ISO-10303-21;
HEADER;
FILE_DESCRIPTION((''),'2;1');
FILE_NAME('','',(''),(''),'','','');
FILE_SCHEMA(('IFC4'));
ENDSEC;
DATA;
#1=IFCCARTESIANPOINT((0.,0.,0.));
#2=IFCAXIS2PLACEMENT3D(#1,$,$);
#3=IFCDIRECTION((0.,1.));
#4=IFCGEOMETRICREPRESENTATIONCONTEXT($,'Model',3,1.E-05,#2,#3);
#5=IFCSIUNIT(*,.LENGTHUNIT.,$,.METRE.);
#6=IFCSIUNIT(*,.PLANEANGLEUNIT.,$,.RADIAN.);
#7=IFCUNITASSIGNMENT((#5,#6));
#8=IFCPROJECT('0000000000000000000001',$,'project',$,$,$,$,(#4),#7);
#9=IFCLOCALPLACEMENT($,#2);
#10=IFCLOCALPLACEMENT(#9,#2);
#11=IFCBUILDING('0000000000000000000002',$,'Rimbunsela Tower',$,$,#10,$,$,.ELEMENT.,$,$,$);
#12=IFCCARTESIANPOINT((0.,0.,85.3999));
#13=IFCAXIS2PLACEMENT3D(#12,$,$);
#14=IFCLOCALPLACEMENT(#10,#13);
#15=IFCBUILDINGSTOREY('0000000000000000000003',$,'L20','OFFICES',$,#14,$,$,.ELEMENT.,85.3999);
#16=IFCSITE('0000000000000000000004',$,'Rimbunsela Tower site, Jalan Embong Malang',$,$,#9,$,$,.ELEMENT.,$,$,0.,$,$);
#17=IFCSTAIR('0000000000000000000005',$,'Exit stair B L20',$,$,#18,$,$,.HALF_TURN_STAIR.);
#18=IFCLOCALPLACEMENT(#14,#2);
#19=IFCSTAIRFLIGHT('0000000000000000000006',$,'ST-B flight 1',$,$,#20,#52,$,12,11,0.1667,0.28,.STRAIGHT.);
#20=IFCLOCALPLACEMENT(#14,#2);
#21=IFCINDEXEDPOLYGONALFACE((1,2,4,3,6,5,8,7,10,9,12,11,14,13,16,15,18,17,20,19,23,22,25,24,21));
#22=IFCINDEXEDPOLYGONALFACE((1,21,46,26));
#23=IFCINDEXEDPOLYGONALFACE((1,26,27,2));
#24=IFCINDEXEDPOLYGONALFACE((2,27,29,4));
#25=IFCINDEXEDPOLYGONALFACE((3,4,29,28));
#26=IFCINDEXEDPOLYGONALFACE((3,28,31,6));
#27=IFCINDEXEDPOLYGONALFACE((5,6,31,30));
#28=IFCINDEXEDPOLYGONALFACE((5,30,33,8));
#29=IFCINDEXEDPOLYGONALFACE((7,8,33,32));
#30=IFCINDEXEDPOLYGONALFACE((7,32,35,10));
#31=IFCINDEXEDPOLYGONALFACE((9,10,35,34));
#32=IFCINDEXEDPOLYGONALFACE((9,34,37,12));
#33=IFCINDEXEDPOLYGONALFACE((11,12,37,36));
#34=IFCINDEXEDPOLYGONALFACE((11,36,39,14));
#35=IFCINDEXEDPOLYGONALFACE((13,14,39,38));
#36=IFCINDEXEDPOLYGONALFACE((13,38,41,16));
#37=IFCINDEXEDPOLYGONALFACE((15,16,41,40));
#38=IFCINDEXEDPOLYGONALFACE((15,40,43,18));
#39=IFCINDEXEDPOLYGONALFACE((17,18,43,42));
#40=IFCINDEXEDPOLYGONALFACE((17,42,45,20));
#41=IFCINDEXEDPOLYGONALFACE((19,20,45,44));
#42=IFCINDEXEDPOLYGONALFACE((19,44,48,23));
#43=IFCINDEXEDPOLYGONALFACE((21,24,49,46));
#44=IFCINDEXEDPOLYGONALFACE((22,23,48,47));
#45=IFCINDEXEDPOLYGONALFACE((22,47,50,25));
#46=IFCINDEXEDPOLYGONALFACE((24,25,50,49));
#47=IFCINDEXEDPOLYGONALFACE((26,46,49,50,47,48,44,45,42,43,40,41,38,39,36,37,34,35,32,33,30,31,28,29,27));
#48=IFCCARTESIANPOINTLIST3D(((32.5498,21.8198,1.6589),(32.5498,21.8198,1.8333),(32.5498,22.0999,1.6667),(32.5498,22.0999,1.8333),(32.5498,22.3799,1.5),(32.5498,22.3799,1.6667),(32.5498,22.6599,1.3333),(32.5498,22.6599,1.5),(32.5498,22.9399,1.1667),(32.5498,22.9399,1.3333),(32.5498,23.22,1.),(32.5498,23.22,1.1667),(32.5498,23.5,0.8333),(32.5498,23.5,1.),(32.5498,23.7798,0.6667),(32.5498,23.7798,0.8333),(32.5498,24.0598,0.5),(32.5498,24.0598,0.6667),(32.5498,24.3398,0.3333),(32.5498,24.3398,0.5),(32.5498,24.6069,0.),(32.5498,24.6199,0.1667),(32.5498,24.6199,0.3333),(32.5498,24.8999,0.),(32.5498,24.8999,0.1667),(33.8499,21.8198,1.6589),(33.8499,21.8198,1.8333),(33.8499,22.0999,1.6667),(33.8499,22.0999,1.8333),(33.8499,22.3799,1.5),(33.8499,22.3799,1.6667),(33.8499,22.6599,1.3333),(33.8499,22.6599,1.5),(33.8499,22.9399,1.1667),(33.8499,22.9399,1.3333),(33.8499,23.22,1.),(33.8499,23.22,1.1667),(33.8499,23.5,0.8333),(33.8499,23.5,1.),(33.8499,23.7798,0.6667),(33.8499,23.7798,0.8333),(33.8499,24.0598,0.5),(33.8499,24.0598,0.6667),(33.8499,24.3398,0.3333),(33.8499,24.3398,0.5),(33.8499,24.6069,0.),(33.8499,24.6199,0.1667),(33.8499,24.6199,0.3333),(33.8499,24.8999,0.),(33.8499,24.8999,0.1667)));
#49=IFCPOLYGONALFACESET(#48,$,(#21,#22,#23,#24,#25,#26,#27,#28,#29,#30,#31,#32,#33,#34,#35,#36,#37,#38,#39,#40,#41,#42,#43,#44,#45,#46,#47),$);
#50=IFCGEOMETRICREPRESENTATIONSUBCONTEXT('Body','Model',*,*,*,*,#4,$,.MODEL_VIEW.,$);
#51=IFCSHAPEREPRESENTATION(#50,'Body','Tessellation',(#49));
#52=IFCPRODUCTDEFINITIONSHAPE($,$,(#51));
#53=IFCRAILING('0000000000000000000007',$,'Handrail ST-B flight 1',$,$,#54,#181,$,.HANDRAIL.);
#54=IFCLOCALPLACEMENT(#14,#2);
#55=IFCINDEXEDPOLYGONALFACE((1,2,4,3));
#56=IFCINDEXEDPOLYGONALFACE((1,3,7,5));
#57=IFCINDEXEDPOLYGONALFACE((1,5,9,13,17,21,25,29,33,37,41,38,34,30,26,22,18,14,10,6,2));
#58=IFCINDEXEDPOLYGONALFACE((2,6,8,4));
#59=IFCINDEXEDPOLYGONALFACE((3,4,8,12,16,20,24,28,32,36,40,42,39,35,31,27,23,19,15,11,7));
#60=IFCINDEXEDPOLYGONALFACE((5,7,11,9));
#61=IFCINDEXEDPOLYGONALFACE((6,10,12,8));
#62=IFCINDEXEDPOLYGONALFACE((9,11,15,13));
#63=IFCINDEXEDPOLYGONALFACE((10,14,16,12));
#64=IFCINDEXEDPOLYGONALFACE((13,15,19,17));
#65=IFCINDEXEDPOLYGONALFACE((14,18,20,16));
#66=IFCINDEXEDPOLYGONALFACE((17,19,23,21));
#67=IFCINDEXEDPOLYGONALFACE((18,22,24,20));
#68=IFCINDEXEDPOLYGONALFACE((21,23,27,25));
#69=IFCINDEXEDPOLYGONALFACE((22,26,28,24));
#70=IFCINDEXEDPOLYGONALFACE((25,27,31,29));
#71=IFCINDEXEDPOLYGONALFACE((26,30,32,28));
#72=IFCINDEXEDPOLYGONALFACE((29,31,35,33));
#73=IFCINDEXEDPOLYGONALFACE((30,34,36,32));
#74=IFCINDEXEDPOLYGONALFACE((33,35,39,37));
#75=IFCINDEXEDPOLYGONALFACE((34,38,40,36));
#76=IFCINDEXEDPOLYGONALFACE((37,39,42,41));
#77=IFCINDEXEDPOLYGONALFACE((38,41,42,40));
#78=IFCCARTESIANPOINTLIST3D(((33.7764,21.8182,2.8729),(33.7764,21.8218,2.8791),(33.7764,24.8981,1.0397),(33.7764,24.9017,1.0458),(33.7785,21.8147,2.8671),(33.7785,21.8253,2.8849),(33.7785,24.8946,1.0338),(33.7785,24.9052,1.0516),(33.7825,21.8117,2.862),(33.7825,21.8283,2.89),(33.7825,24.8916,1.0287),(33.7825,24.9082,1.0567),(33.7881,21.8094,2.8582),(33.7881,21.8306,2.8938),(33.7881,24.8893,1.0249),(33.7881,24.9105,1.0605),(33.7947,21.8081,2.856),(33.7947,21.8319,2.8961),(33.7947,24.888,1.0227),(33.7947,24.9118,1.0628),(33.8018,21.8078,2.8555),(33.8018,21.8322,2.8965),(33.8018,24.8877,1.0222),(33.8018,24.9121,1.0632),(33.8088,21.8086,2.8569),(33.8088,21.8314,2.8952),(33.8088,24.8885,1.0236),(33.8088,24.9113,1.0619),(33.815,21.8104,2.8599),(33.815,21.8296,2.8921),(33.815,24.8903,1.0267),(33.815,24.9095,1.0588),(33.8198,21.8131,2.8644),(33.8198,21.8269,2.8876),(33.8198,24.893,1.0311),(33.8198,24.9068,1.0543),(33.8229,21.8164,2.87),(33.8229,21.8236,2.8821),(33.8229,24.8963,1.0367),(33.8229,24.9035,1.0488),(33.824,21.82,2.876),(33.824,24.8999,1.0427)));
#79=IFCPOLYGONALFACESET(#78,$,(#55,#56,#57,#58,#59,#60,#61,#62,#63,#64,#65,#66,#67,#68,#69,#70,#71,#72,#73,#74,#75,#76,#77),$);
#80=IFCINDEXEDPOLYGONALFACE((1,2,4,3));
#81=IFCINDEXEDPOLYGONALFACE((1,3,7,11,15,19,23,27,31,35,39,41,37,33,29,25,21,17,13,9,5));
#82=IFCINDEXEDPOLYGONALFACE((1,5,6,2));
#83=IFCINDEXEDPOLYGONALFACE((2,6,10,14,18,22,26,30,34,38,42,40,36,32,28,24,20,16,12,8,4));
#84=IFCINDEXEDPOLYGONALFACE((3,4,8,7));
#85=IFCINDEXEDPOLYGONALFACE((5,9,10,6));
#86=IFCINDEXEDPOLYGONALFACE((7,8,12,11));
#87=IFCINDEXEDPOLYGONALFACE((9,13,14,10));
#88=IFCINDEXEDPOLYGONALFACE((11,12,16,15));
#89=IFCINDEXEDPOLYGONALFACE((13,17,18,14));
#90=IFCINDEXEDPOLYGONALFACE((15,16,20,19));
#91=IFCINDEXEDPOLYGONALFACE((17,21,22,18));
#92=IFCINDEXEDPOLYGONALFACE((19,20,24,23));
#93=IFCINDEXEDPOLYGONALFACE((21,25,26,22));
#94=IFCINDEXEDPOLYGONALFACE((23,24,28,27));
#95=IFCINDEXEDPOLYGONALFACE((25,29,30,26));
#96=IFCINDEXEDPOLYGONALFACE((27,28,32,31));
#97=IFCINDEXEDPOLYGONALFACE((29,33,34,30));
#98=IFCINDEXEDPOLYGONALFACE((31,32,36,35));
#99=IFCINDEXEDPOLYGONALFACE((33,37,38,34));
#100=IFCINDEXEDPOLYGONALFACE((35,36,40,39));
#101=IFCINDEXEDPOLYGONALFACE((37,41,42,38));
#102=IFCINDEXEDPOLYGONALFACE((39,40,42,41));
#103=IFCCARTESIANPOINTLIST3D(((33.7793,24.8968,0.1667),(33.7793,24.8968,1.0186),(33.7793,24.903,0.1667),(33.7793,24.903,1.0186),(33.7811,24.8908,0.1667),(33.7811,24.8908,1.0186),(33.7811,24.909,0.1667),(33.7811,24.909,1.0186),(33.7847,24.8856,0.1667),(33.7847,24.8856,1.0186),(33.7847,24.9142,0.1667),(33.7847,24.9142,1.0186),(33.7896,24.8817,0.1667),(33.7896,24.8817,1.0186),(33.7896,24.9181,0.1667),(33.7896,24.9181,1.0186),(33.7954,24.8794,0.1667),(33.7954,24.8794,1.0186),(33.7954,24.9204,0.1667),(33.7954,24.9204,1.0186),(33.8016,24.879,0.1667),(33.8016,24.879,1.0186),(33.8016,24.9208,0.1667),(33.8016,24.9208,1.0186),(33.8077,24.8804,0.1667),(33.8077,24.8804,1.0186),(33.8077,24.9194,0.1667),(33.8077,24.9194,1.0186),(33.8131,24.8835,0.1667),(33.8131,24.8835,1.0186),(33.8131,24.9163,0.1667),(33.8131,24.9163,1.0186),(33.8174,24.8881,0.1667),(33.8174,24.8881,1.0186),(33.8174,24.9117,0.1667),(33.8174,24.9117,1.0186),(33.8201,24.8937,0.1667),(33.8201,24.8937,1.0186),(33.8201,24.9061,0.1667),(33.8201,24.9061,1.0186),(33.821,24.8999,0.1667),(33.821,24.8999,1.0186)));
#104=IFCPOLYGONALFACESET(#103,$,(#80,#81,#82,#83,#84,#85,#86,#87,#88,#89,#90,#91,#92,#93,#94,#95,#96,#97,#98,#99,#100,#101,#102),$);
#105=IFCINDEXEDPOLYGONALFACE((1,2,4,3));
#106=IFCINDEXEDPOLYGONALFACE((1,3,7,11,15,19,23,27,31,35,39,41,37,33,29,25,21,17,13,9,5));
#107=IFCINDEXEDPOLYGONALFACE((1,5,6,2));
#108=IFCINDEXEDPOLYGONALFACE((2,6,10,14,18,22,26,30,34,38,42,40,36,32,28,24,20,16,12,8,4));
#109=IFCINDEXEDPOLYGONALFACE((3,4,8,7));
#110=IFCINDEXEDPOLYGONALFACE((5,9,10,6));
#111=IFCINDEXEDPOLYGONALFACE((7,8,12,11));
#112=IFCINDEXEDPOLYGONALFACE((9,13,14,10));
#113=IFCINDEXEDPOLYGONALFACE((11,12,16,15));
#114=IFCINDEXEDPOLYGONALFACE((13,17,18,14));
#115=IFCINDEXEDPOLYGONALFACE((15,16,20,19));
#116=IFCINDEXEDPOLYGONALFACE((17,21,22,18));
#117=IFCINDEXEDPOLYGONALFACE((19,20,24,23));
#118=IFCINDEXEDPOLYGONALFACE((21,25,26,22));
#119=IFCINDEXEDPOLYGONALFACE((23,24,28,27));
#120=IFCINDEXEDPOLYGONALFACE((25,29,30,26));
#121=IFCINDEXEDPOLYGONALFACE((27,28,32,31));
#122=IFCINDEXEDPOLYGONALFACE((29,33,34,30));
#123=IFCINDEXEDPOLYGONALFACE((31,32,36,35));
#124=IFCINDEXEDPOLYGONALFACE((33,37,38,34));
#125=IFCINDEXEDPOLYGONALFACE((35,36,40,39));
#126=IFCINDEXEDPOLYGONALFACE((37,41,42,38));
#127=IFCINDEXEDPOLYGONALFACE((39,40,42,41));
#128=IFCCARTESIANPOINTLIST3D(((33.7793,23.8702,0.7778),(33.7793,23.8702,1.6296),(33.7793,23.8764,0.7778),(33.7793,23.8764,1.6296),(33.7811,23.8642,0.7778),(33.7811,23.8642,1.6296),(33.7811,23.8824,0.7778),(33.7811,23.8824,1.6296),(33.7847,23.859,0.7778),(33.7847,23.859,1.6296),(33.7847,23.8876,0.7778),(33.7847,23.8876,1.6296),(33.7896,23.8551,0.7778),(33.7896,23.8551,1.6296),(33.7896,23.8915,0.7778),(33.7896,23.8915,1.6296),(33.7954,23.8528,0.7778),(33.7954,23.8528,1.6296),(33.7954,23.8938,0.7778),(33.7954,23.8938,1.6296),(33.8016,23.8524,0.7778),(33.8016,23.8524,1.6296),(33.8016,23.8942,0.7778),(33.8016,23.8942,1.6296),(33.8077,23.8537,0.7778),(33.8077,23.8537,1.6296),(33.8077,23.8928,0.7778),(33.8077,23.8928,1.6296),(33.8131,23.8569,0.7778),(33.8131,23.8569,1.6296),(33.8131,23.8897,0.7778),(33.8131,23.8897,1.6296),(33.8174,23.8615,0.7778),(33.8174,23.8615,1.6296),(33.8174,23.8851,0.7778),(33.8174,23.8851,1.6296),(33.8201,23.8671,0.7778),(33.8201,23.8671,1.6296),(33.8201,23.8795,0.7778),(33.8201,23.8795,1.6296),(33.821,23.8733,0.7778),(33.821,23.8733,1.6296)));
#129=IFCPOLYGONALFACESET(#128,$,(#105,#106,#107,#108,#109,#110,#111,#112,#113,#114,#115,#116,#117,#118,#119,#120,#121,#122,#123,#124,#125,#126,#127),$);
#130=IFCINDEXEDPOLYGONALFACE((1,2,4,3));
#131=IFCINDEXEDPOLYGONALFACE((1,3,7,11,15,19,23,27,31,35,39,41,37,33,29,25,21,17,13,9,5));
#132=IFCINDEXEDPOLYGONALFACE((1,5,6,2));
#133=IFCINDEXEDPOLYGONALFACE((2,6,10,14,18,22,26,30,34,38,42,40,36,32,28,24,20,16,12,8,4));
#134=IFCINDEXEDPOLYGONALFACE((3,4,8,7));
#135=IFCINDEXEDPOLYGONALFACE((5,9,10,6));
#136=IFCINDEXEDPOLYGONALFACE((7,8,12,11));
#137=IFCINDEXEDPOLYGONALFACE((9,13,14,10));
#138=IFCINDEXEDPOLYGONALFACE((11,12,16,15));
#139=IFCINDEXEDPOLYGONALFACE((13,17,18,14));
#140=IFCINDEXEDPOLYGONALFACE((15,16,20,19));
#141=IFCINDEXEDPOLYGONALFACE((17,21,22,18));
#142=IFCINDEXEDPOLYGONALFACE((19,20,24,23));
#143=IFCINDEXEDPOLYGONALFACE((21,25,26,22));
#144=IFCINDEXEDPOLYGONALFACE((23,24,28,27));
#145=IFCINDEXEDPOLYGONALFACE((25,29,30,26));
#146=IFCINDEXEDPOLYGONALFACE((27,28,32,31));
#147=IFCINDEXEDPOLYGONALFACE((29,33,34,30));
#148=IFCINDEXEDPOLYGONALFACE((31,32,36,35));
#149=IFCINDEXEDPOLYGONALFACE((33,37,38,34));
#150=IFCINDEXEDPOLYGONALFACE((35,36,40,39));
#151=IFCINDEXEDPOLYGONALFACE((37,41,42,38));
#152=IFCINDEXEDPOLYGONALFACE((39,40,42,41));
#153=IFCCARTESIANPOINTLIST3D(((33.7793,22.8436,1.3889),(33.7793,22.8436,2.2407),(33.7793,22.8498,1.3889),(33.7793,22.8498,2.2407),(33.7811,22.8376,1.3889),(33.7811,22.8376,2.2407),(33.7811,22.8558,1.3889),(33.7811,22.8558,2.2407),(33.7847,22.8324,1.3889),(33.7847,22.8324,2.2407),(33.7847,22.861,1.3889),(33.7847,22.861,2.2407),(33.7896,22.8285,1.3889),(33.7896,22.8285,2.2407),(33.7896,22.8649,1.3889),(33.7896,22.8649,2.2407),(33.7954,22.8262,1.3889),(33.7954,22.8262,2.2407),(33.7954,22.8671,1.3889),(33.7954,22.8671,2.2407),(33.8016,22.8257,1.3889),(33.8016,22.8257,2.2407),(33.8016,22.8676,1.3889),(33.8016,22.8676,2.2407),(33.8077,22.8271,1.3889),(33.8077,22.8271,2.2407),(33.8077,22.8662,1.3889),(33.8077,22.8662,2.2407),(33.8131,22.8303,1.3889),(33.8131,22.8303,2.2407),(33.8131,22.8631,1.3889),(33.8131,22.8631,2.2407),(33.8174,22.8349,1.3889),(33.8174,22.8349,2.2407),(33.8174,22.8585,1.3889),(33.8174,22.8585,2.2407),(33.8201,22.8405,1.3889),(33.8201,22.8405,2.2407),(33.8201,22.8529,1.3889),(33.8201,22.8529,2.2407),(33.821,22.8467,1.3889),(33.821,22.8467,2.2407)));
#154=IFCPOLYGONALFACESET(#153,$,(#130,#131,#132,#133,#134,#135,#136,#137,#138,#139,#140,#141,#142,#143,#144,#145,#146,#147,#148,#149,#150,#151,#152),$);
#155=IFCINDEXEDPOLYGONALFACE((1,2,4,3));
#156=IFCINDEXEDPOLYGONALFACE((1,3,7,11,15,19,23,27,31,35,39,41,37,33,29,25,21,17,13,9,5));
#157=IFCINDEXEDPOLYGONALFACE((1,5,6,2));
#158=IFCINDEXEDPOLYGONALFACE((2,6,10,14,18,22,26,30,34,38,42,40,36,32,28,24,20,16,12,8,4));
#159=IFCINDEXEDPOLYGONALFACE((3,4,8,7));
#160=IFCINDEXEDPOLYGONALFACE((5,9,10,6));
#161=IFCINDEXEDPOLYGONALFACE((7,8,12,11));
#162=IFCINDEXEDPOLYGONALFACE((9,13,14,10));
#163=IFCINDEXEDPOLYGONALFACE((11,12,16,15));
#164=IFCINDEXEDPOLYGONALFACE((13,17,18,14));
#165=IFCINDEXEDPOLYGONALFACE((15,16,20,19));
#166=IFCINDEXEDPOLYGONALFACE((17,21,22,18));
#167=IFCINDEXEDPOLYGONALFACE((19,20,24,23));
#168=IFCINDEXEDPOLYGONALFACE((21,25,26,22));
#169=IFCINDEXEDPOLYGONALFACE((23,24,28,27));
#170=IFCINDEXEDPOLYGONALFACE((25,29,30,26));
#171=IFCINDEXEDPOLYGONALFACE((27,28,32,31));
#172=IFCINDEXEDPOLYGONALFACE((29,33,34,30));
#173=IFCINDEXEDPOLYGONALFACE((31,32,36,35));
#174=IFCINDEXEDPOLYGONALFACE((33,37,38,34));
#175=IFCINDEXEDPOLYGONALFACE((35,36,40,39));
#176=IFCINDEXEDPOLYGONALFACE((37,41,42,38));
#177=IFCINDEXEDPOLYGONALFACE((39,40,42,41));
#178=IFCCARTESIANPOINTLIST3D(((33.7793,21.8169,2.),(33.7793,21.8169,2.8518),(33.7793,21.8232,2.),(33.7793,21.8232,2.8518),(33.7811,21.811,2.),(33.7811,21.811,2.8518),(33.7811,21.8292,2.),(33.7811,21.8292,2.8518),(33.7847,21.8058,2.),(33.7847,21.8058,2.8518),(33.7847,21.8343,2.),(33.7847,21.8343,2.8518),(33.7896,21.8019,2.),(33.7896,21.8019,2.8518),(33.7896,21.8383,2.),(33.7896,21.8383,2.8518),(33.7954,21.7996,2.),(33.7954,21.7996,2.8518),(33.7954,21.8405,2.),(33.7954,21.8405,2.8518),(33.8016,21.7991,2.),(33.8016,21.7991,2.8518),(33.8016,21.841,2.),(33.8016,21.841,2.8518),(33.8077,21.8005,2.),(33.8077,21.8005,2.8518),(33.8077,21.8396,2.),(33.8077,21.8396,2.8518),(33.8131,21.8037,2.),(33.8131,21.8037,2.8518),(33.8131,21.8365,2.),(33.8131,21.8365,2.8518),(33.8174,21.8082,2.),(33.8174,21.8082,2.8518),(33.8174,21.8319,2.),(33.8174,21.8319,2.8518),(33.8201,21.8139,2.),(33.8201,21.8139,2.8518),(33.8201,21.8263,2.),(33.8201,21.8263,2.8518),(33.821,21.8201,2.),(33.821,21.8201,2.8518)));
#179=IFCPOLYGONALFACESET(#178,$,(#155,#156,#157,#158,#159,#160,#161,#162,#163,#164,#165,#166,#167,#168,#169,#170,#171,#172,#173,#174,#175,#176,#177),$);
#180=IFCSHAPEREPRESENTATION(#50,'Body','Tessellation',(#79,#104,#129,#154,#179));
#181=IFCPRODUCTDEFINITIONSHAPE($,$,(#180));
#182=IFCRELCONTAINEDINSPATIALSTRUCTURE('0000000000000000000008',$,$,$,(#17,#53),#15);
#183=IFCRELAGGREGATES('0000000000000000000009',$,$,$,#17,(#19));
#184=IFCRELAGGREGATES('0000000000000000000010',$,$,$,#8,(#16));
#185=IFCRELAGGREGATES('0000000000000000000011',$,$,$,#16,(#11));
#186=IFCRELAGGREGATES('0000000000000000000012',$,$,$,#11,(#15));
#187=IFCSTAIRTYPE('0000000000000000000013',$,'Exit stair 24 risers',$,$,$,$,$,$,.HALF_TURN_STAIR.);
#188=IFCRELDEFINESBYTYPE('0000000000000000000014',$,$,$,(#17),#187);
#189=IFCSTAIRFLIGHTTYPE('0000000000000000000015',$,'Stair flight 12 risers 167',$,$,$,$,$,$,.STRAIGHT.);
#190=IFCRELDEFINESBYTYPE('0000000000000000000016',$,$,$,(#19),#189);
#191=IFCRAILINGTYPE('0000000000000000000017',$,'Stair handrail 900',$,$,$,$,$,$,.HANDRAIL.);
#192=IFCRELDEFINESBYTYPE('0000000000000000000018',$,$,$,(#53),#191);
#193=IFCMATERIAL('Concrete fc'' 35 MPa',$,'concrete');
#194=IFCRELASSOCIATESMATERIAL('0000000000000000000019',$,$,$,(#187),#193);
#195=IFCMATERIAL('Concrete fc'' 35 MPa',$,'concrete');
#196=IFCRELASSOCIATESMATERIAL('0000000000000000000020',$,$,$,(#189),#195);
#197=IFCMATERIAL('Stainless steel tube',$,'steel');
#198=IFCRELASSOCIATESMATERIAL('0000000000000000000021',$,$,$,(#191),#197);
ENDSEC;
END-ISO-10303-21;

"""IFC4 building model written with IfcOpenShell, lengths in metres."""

from ifc_helpers import new_model, si_unit, direction, frame, origin, origin_2d, place, context, subcontext, project, spatial, polyline, circle, outline, extrude, material, type_object, element, aggregate, save


model = new_model("IFC4")

# Units and contexts
model_context = context("Model", 3, precision=1e-05, world=origin(), true_north=direction((0.0, 1.0)))
body_context = subcontext(model_context, "Body", "Model", "MODEL_VIEW")
ifc_project = project(units=[si_unit("LENGTHUNIT", "METRE"), si_unit("PLANEANGLEUNIT", "RADIAN")], contexts=[model_context])

# Site, building, storey
site_placement = place(None, origin())
site = spatial("IfcSite", under=ifc_project, at=site_placement, Name="Rimbunsela Tower site, Jalan Embong Malang", CompositionType="ELEMENT", RefElevation=0.0)
building_placement = place(site_placement, origin())
building = spatial("IfcBuilding", under=site, at=building_placement, Name="Rimbunsela Tower", CompositionType="ELEMENT")
storey_placement = place(building_placement, frame((0.0, 0.0, 85.3999)))
storey = spatial("IfcBuildingStorey", under=building, at=storey_placement, Name="L20", Description="OFFICES", CompositionType="ELEMENT", Elevation=85.3999)

# Stair, stair flight
ifc_material_1 = material(Name="Concrete fc' 35 MPa", Category="concrete")
stair_type = type_object("IfcStairType", Name="Exit stair 24 risers", PredefinedType="HALF_TURN_STAIR", material=ifc_material_1)
stair_placement = place(storey_placement, origin())
stair = element("IfcStair", 1, at=stair_placement, inside=storey, type_object=stair_type, Name="Exit stair B L20", PredefinedType="HALF_TURN_STAIR")
ifc_material_2 = material(Name="Concrete fc' 35 MPa", Category="concrete")
stair_flight_type = type_object("IfcStairFlightType", Name="Stair flight 12 risers 167", PredefinedType="STRAIGHT", material=ifc_material_2)
stair_flight_placement = place(storey_placement, frame((33.2, 24.8999, 0.0), z_axis=(0.0, 0.0, 1.0), x_axis=(0.0, -1.0, 0.0)))
stair_flight = element("IfcStairFlight", 2, at=stair_flight_placement, type_object=stair_flight_type, Name="ST-B flight 1", NumberOfRisers=12, NumberOfTreads=11, PredefinedType="STRAIGHT", RiserHeight=0.1667, TreadLength=0.28, context=body_context, shape_type="SweptSolid", body=[
    extrude(outline(polyline([(0.0, 0.0), (0.0, 0.1667), (0.28, 0.1667), (0.28, 0.3333), (0.5601, 0.3333), (0.5601, 0.5), (0.8401, 0.5), (0.8401, 0.6667), (1.1201, 0.6667), (1.1201, 0.8333), (1.3999, 0.8333), (1.3999, 1.0), (1.6799, 1.0), (1.6799, 1.1667), (1.96, 1.1667), (1.96, 1.3333), (2.24, 1.3333), (2.24, 1.5), (2.52, 1.5), (2.52, 1.6667), (2.8, 1.6667), (2.8, 1.8333), (3.0801, 1.8333), (3.0801, 2.0), (3.0801, 1.6589), (0.293, 0.0), (0.0, 0.0)])), frame((0.0, 0.6499, 0.0), z_axis=(0.0, -1.0, 0.0), x_axis=(1.0, 0.0, 0.0)), (0.0, 0.0, 1.0), 1.3),
])
aggregate(stair, [stair_flight])

# Railing
ifc_material_3 = material(Name="Stainless steel tube", Category="steel")
railing_type = type_object("IfcRailingType", Name="Stair handrail 900", PredefinedType="HANDRAIL", material=ifc_material_3)
railing_placement = place(storey_placement, frame((33.8, 24.8999, 0.1667)))
element("IfcRailing", 3, at=railing_placement, inside=storey, type_object=railing_type, Name="Handrail ST-B flight 1", PredefinedType="HANDRAIL", context=body_context, shape_type="SweptSolid", body=[
    extrude(circle(Radius=0.0239, at=origin_2d()), frame((0.0, 0.0, 0.876), z_axis=(0.0, -0.859291, 0.511487), x_axis=(1.0, 0.0, 0.0)), (0.0, 0.0, 1.0), 3.5842),
    extrude(circle(Radius=0.021, at=origin_2d()), origin(), (0.0, 0.0, 1.0), 0.8518),
    extrude(circle(Radius=0.021, at=origin_2d()), frame((0.0, -1.0266, 0.6111)), (0.0, 0.0, 1.0), 0.8518),
    extrude(circle(Radius=0.021, at=origin_2d()), frame((0.0, -2.0532, 1.2222)), (0.0, 0.0, 1.0), 0.8518),
    extrude(circle(Radius=0.021, at=origin_2d()), frame((0.0, -3.0798, 1.8333)), (0.0, 0.0, 1.0), 0.8518),
])

save(model, "model.ifc")
